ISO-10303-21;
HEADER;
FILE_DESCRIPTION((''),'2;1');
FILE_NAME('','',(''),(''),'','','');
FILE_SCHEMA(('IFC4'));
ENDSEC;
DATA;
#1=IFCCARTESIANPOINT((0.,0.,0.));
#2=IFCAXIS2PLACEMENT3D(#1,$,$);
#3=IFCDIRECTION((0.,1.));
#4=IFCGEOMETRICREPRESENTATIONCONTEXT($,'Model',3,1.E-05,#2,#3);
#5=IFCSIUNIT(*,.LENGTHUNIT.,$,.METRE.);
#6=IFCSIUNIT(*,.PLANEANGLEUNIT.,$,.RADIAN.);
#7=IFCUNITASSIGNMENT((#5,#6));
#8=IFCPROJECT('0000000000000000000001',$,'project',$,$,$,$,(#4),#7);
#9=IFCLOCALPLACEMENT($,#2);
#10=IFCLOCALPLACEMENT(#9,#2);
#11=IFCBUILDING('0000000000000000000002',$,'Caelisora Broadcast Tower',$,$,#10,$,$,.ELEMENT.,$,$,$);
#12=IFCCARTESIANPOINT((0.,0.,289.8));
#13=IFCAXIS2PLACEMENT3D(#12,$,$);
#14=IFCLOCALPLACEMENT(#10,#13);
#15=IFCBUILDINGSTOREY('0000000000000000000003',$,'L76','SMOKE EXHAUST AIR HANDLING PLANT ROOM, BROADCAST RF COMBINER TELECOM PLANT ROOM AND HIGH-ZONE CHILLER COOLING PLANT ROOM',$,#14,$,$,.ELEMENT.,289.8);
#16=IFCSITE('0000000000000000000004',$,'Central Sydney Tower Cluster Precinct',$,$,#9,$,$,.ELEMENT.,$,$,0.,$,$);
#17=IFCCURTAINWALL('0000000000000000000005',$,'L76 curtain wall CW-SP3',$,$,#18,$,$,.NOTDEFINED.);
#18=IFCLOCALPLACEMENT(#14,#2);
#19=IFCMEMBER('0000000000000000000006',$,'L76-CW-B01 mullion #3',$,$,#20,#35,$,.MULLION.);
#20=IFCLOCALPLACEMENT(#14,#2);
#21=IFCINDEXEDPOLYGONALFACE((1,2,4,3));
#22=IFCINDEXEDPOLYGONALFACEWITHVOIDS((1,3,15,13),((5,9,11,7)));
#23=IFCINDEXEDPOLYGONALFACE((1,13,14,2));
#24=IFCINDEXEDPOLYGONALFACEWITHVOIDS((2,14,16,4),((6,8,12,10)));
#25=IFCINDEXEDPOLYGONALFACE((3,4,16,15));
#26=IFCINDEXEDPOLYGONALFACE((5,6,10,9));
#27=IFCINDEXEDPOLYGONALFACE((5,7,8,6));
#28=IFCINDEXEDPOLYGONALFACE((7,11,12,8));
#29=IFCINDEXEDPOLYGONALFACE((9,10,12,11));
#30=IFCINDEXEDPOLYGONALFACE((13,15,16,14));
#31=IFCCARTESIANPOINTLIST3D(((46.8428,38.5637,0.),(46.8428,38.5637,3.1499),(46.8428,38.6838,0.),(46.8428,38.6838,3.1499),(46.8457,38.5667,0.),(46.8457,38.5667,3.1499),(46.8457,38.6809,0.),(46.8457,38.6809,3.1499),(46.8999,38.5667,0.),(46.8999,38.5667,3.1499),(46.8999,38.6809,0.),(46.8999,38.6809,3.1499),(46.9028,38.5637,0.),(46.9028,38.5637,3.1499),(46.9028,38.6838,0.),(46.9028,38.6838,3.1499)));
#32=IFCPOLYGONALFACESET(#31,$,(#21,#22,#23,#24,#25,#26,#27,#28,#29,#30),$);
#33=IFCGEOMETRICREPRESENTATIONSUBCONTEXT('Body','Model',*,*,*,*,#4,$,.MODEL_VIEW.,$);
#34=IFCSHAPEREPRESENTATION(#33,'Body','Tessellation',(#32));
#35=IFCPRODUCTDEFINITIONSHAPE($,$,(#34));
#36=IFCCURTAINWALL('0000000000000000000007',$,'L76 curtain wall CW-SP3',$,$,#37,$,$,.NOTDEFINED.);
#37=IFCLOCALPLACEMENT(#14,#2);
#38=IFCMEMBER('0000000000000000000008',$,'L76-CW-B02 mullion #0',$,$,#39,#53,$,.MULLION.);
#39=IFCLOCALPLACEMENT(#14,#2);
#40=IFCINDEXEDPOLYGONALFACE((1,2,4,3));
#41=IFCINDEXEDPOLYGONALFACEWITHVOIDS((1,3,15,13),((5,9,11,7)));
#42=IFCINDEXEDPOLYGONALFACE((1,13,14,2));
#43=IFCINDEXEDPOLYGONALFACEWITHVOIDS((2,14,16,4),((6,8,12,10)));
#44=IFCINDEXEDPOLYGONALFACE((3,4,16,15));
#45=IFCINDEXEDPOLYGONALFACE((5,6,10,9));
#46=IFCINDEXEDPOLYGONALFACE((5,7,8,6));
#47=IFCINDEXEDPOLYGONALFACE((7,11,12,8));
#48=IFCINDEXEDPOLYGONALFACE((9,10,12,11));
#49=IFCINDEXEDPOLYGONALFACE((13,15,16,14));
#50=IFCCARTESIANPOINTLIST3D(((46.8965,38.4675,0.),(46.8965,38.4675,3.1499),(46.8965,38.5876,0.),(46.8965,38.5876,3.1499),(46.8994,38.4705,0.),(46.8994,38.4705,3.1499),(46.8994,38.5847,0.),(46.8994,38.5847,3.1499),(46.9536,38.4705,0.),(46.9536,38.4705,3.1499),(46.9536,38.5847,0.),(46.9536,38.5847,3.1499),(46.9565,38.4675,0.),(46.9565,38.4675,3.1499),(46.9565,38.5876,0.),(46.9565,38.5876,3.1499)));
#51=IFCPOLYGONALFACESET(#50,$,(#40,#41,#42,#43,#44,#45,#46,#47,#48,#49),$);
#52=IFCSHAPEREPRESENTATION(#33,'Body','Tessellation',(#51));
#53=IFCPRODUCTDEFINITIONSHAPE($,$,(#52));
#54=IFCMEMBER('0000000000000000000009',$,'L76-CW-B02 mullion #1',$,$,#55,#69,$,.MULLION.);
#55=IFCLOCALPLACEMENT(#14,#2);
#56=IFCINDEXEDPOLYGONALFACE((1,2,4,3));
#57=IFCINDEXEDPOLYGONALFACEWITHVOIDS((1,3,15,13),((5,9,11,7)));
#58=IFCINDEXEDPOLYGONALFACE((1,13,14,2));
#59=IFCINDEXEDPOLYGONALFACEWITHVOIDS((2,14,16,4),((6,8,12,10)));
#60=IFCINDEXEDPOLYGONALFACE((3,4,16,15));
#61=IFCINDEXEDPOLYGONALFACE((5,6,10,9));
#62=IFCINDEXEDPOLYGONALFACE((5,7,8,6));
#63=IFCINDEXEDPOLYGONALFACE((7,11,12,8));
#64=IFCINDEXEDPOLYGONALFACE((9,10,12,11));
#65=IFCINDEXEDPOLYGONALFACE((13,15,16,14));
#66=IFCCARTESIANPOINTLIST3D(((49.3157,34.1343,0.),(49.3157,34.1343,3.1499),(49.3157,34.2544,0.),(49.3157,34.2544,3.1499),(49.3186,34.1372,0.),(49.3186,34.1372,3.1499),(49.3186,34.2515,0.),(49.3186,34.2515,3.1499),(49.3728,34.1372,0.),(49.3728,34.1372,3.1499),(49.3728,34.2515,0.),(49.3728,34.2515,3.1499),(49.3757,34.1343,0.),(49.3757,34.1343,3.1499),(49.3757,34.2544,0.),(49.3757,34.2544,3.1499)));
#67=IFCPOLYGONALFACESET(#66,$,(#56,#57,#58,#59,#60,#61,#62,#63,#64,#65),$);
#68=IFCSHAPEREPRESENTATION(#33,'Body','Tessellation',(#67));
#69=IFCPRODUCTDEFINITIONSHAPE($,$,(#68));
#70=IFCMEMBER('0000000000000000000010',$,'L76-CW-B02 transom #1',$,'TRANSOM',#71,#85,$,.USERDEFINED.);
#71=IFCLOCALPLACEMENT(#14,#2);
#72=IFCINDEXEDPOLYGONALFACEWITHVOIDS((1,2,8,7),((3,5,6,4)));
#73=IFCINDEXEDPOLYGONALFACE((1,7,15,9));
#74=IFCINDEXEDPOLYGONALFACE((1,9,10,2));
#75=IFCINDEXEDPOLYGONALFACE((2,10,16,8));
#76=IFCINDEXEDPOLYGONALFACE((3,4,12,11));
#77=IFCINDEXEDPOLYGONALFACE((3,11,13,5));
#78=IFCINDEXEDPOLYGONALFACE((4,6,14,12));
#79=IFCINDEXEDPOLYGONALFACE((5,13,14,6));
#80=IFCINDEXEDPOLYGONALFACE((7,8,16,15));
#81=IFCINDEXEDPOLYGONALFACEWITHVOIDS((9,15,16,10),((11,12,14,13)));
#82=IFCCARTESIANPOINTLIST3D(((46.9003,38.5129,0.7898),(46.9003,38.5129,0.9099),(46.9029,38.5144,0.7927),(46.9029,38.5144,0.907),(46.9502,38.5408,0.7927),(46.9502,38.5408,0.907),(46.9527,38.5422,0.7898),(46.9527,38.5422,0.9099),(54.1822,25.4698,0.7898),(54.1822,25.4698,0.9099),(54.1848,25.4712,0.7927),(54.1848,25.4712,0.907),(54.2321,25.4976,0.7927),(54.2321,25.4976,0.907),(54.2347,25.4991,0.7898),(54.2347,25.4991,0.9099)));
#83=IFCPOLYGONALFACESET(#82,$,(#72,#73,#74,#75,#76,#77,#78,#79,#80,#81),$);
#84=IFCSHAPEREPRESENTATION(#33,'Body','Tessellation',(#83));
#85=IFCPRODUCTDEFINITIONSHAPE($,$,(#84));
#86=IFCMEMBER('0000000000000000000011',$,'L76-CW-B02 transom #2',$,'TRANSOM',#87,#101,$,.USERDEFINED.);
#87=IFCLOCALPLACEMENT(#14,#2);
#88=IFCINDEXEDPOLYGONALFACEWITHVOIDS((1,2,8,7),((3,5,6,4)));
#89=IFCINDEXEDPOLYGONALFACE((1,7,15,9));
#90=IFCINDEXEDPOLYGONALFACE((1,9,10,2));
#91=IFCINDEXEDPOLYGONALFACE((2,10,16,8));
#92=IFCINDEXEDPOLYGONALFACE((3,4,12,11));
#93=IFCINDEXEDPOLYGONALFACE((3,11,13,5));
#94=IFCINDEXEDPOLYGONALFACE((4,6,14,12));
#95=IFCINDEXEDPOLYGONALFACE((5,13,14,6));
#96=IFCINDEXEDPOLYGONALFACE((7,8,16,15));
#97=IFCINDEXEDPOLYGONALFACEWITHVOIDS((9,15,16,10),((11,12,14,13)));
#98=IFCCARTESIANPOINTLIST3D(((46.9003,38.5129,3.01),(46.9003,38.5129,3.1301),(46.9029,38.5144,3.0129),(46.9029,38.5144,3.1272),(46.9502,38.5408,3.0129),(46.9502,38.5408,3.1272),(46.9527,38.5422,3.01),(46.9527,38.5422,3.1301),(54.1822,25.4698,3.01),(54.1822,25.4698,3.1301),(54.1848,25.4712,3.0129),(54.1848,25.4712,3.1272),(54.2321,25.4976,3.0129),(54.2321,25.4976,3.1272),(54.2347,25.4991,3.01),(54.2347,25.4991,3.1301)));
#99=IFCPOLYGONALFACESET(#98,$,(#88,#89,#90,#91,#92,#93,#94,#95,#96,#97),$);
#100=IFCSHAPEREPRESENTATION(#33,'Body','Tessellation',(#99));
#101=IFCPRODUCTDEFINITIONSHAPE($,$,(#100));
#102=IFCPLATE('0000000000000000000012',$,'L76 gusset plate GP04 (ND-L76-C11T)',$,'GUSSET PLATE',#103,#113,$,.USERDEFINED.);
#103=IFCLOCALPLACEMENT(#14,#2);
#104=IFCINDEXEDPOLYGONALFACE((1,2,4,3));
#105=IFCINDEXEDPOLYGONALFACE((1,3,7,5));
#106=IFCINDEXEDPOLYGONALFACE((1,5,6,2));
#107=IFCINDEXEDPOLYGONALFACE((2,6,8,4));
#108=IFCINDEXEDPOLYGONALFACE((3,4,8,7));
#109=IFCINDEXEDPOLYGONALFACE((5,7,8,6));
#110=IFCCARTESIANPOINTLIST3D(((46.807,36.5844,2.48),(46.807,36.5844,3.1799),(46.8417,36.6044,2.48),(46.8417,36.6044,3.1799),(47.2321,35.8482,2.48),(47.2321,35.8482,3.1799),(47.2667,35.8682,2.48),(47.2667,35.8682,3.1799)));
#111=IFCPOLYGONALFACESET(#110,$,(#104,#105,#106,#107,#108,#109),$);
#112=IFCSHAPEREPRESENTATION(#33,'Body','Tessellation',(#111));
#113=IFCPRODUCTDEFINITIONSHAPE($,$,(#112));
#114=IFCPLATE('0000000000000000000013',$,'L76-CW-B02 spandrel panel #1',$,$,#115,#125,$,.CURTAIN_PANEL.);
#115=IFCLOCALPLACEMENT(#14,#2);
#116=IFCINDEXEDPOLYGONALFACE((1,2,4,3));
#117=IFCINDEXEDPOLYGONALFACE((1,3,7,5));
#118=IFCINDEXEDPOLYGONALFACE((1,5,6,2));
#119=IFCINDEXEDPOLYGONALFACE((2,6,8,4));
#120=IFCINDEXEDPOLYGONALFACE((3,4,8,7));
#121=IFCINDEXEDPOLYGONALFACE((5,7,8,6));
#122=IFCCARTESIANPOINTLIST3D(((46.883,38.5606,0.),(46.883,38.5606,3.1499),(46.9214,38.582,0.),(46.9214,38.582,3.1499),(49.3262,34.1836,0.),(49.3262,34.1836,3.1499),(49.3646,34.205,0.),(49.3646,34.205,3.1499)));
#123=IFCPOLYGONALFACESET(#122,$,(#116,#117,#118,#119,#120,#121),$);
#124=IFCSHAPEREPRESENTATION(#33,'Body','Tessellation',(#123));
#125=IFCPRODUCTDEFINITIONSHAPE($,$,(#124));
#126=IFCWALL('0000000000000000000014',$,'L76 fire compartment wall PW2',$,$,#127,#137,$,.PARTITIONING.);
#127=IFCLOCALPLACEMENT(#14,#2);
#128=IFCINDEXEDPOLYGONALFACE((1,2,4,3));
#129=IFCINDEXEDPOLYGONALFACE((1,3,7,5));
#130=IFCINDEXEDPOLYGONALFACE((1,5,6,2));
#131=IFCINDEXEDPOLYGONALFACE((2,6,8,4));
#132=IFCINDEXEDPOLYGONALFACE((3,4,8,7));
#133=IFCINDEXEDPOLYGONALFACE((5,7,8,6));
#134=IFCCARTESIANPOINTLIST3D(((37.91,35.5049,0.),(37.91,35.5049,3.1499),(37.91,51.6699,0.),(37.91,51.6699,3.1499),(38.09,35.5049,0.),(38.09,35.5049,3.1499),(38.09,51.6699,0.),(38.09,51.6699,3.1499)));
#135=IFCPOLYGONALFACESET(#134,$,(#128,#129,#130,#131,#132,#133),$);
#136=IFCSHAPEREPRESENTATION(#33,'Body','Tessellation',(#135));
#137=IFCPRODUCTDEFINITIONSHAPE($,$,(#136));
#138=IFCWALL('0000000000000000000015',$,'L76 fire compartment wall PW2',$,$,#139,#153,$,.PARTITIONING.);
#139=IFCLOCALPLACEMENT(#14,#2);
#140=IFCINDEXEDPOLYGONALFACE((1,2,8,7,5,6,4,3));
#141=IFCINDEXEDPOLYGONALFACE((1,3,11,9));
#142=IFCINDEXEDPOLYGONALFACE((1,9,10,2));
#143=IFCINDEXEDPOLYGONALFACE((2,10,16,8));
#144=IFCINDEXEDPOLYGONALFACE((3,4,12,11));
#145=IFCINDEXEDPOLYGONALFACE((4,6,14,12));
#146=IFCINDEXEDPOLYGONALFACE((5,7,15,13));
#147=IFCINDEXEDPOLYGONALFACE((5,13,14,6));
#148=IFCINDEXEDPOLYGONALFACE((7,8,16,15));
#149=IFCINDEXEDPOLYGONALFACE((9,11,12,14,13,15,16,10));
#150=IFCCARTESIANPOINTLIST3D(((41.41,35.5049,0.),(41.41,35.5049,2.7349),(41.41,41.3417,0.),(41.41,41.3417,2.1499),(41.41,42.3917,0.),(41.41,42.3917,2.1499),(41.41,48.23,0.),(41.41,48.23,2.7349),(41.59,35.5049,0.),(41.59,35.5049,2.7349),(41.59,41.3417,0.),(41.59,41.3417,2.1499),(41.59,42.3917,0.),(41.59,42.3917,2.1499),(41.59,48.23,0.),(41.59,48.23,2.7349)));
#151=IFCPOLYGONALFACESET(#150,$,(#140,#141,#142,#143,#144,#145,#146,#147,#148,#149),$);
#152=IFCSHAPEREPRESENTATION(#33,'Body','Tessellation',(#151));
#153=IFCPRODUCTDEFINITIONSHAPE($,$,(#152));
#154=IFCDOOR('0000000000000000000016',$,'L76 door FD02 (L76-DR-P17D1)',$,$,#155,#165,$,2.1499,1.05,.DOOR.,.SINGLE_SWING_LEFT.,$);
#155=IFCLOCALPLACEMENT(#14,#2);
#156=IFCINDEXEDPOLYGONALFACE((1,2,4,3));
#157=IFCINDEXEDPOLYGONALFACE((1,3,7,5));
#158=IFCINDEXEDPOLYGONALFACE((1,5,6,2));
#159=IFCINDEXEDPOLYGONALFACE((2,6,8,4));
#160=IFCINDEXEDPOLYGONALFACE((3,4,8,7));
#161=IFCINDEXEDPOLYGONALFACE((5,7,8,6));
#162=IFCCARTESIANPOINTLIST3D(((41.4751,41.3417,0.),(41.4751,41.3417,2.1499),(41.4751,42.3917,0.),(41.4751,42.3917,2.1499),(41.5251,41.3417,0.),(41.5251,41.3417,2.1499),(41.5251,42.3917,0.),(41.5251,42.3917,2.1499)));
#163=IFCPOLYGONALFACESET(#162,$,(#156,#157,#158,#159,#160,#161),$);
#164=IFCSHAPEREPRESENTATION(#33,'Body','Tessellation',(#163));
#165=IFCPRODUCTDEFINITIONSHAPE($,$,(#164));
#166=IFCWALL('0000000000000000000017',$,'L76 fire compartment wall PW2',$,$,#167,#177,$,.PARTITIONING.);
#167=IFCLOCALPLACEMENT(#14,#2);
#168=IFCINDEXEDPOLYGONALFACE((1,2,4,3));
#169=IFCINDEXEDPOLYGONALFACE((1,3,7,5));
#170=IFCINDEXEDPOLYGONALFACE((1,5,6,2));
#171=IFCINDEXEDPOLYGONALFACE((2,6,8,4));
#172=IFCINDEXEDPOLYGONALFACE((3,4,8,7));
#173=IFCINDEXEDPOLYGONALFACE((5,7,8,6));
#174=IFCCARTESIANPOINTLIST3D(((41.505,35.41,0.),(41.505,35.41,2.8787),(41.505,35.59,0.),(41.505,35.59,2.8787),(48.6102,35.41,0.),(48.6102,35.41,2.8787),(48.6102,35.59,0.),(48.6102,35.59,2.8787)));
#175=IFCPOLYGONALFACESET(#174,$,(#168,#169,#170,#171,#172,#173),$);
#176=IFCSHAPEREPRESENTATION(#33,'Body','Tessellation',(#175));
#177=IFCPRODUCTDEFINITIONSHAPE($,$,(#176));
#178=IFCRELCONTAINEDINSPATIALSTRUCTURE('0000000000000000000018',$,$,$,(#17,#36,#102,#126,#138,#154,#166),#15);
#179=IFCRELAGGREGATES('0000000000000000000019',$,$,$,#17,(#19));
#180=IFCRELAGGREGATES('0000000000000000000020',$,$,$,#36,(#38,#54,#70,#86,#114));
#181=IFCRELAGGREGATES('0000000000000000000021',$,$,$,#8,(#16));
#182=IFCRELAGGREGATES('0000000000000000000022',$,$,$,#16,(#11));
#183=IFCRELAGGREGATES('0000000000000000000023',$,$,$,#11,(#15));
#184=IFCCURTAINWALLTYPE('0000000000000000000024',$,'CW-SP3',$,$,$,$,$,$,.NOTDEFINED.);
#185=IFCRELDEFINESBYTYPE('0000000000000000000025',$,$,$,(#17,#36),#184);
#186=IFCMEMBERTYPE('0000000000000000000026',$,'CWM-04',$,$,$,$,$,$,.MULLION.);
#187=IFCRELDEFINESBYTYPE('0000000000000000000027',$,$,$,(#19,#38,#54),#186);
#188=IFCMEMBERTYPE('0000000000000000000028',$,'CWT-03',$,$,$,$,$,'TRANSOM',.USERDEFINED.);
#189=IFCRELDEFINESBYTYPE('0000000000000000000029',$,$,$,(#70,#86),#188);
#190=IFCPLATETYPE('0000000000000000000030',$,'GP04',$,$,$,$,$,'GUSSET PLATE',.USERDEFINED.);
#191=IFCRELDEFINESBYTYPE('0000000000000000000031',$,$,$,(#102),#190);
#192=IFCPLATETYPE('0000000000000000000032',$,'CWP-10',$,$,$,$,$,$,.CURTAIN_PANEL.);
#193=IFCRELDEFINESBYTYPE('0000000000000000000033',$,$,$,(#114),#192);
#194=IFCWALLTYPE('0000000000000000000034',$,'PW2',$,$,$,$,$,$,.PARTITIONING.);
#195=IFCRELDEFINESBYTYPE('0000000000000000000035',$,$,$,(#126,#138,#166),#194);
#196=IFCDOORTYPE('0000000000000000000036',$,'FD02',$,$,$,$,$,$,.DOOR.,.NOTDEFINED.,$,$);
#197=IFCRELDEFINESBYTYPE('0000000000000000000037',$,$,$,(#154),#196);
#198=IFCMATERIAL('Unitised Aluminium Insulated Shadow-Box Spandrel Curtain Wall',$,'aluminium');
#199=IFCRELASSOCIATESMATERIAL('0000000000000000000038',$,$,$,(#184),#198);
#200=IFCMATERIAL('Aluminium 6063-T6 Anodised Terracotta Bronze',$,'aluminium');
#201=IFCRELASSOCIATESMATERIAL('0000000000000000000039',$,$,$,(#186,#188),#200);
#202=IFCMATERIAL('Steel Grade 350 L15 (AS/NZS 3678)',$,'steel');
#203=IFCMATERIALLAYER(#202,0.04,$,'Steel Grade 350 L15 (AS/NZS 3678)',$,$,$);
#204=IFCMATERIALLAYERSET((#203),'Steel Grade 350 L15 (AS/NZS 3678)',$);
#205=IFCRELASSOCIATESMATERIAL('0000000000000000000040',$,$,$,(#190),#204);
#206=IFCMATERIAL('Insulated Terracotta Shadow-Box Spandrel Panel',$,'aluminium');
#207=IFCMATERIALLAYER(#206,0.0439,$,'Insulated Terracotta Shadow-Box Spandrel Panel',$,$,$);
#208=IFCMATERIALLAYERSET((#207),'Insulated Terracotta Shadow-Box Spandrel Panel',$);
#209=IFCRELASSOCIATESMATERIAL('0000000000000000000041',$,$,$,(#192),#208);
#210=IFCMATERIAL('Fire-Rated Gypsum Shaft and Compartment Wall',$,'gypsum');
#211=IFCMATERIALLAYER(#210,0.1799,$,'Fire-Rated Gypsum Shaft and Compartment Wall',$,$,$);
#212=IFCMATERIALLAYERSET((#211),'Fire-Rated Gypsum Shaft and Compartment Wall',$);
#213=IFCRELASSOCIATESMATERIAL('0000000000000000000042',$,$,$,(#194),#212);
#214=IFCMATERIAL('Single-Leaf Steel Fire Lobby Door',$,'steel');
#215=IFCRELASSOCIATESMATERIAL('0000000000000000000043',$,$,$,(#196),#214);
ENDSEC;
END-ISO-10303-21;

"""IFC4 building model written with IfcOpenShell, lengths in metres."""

from ifc_helpers import new_model, si_unit, direction, frame, frame_2d, origin, origin_2d, place, context, subcontext, project, spatial, rectangle, hollow_rectangle, extrude, source, transform, mapped, material, layer, layer_set, material_profile, profile_set, type_object, type_shapes, element, fill, aggregate, save


model = new_model("IFC4")

# Units and contexts
model_context = context("Model", 3, precision=1e-05, world=origin(), true_north=direction((0.0, 1.0)))
body_context = subcontext(model_context, "Body", "Model", "MODEL_VIEW")
ifc_project = project(units=[si_unit("LENGTHUNIT", "METRE"), si_unit("PLANEANGLEUNIT", "RADIAN")], contexts=[model_context])

# Site, building, storey
site_placement = place(None, origin())
site = spatial("IfcSite", under=ifc_project, at=site_placement, Name="Central Sydney Tower Cluster Precinct", CompositionType="ELEMENT", RefElevation=0.0)
building_placement = place(site_placement, origin())
building = spatial("IfcBuilding", under=site, at=building_placement, Name="Caelisora Broadcast Tower", CompositionType="ELEMENT")
storey_placement = place(building_placement, frame((0.0, 0.0, 289.8)))
storey = spatial("IfcBuildingStorey", under=building, at=storey_placement, Name="L76", Description="SMOKE EXHAUST AIR HANDLING PLANT ROOM, BROADCAST RF COMBINER TELECOM PLANT ROOM AND HIGH-ZONE CHILLER COOLING PLANT ROOM", CompositionType="ELEMENT", Elevation=289.8)

# Curtain wall, member
ifc_material_1 = material(Name="Unitised Aluminium Insulated Shadow-Box Spandrel Curtain Wall", Category="aluminium")
curtain_wall_type = type_object("IfcCurtainWallType", Name="CW-SP3", PredefinedType="NOTDEFINED", material=ifc_material_1)
curtain_wall_1_placement = place(storey_placement, origin())
curtain_wall_1 = element("IfcCurtainWall", 1, at=curtain_wall_1_placement, inside=storey, type_object=curtain_wall_type, Name="L76 curtain wall CW-SP3", PredefinedType="NOTDEFINED")
ifc_material_2 = material(Name="Aluminium 6063-T6 Anodised Terracotta Bronze", Category="aluminium")
ifc_material_profile_1 = material_profile(ifc_material_2, hollow_rectangle(XDim=0.0601, YDim=0.1201, WallThickness=0.0029, at=origin_2d()), Name="Aluminium 6063-T6 Anodised Terracotta Bronze")
ifc_profile_set_1 = profile_set([ifc_material_profile_1], Name="Aluminium 6063-T6 Anodised Terracotta Bronze")
member_type_1 = type_object("IfcMemberType", Name="CWM-04", PredefinedType="MULLION", material=ifc_profile_set_1)
shared_shape_1 = source(origin(), body_context, "Body", "SweptSolid", [
    extrude(hollow_rectangle(XDim=0.0601, YDim=0.1201, WallThickness=0.0029, at=origin_2d()), origin(), (0.0, 0.0, 1.0), 3.1499),
])
type_shapes(member_type_1, [shared_shape_1])
member_1_placement = place(storey_placement, frame((46.8728, 38.6238, 0.0), z_axis=(0.0, 0.0, 1.0), x_axis=(1.0, 0.0, 0.0)))
member_1 = element("IfcMember", 2, at=member_1_placement, type_object=member_type_1, Name="L76-CW-B01 mullion #3", PredefinedType="MULLION", context=body_context, shape_type="MappedRepresentation", body=[
    mapped(shared_shape_1, transform((0.0, 0.0, 0.0), scale=1.0)),
])
aggregate(curtain_wall_1, [member_1])

# Curtain wall, members
curtain_wall_2_placement = place(storey_placement, origin())
curtain_wall_2 = element("IfcCurtainWall", 3, at=curtain_wall_2_placement, inside=storey, type_object=curtain_wall_type, Name="L76 curtain wall CW-SP3", PredefinedType="NOTDEFINED")
member_2_placement = place(storey_placement, frame((46.9265, 38.5276, 0.0), z_axis=(0.0, 0.0, 1.0), x_axis=(1.0, 0.0, 0.0)))
member_2 = element("IfcMember", 4, at=member_2_placement, type_object=member_type_1, Name="L76-CW-B02 mullion #0", PredefinedType="MULLION", context=body_context, shape_type="MappedRepresentation", body=[
    mapped(shared_shape_1, transform((0.0, 0.0, 0.0), scale=1.0)),
])
member_3_placement = place(storey_placement, frame((49.3457, 34.1943, 0.0), z_axis=(0.0, 0.0, 1.0), x_axis=(1.0, 0.0, 0.0)))
member_3 = element("IfcMember", 5, at=member_3_placement, type_object=member_type_1, Name="L76-CW-B02 mullion #1", PredefinedType="MULLION", context=body_context, shape_type="MappedRepresentation", body=[
    mapped(shared_shape_1, transform((0.0, 0.0, 0.0), scale=1.0)),
])
ifc_material_profile_2 = material_profile(ifc_material_2, hollow_rectangle(XDim=0.0601, YDim=0.1201, WallThickness=0.0029, at=origin_2d()), Name="Aluminium 6063-T6 Anodised Terracotta Bronze")
ifc_profile_set_2 = profile_set([ifc_material_profile_2], Name="Aluminium 6063-T6 Anodised Terracotta Bronze")
member_type_2 = type_object("IfcMemberType", Name="CWT-03", ElementType="TRANSOM", PredefinedType="USERDEFINED", material=ifc_profile_set_2)
shared_shape_2 = source(origin(), body_context, "Body", "SweptSolid", [
    extrude(hollow_rectangle(XDim=0.0601, YDim=0.1201, WallThickness=0.0029, at=origin_2d()), origin(), (0.0, 0.0, 1.0), 14.9382),
])
type_shapes(member_type_2, [shared_shape_2])
member_4_placement = place(storey_placement, frame((46.9265, 38.5276, 0.8499), z_axis=(0.487471, -0.873139, 0.0), x_axis=(0.873139, 0.487471, 0.0)))
member_4 = element("IfcMember", 6, at=member_4_placement, type_object=member_type_2, Name="L76-CW-B02 transom #1", ObjectType="TRANSOM", PredefinedType="USERDEFINED", context=body_context, shape_type="MappedRepresentation", body=[
    mapped(shared_shape_2, transform((0.0, 0.0, 0.0), scale=1.0)),
])
member_5_placement = place(storey_placement, frame((46.9265, 38.5276, 3.0701), z_axis=(0.487471, -0.873139, 0.0), x_axis=(0.873139, 0.487471, 0.0)))
member_5 = element("IfcMember", 7, at=member_5_placement, type_object=member_type_2, Name="L76-CW-B02 transom #2", ObjectType="TRANSOM", PredefinedType="USERDEFINED", context=body_context, shape_type="MappedRepresentation", body=[
    mapped(shared_shape_2, transform((0.0, 0.0, 0.0), scale=1.0)),
])

# Plates
ifc_material_3 = material(Name="Steel Grade 350 L15 (AS/NZS 3678)", Category="steel")
ifc_layer_1 = layer(ifc_material_3, 0.04, Name="Steel Grade 350 L15 (AS/NZS 3678)")
ifc_layer_set_1 = layer_set([ifc_layer_1], Name="Steel Grade 350 L15 (AS/NZS 3678)")
plate_type_1 = type_object("IfcPlateType", Name="GP04", ElementType="GUSSET PLATE", PredefinedType="USERDEFINED", material=ifc_layer_set_1)
shared_shape_3 = source(origin(), body_context, "Body", "SweptSolid", [
    extrude(rectangle(XDim=0.8501, YDim=0.04, at=origin_2d()), origin(), (0.0, 0.0, 1.0), 0.7),
])
type_shapes(plate_type_1, [shared_shape_3])
plate_1_placement = place(storey_placement, frame((47.0369, 36.2263, 2.48), z_axis=(0.0, 0.0, 1.0), x_axis=(-0.5, 0.866025, 0.0)))
element("IfcPlate", 8, at=plate_1_placement, inside=storey, type_object=plate_type_1, Name="L76 gusset plate GP04 (ND-L76-C11T)", ObjectType="GUSSET PLATE", PredefinedType="USERDEFINED", context=body_context, shape_type="MappedRepresentation", body=[
    mapped(shared_shape_3, transform((0.0, 0.0, 0.0), scale=1.0)),
])
ifc_material_4 = material(Name="Insulated Terracotta Shadow-Box Spandrel Panel", Category="aluminium")
ifc_layer_2 = layer(ifc_material_4, 0.0439, Name="Insulated Terracotta Shadow-Box Spandrel Panel")
ifc_layer_set_2 = layer_set([ifc_layer_2], Name="Insulated Terracotta Shadow-Box Spandrel Panel")
plate_type_2 = type_object("IfcPlateType", Name="CWP-10", PredefinedType="CURTAIN_PANEL", material=ifc_layer_set_2)
shared_shape_4 = source(origin(), body_context, "Body", "SweptSolid", [
    extrude(rectangle(XDim=5.0127, YDim=0.0439, at=origin_2d()), origin(), (0.0, 0.0, 1.0), 3.1499),
])
type_shapes(plate_type_2, [shared_shape_4])
plate_2_placement = place(storey_placement, frame((48.1238, 36.3828, 0.0), z_axis=(0.0, 0.0, 1.0), x_axis=(0.487403, -0.873177, 0.0)))
plate_2 = element("IfcPlate", 9, at=plate_2_placement, type_object=plate_type_2, Name="L76-CW-B02 spandrel panel #1", PredefinedType="CURTAIN_PANEL", context=body_context, shape_type="MappedRepresentation", body=[
    mapped(shared_shape_4, transform((0.0, 0.0, 0.0), scale=1.0)),
])
aggregate(curtain_wall_2, [member_2, member_3, member_4, member_5, plate_2])

# Wall
ifc_material_5 = material(Name="Fire-Rated Gypsum Shaft and Compartment Wall", Category="gypsum")
ifc_layer_3 = layer(ifc_material_5, 0.1799, Name="Fire-Rated Gypsum Shaft and Compartment Wall")
ifc_layer_set_3 = layer_set([ifc_layer_3], Name="Fire-Rated Gypsum Shaft and Compartment Wall")
wall_type = type_object("IfcWallType", Name="PW2", PredefinedType="PARTITIONING", material=ifc_layer_set_3)
wall_1_placement = place(storey_placement, frame((38.0, 35.5049, 0.0), z_axis=(0.0, 0.0, 1.0), x_axis=(0.0, 1.0, 0.0)))
element("IfcWall", 10, at=wall_1_placement, inside=storey, type_object=wall_type, Name="L76 fire compartment wall PW2", PredefinedType="PARTITIONING", context=body_context, shape_type="SweptSolid", body=[
    extrude(rectangle(XDim=16.165, YDim=0.1799, at=frame_2d((8.0825, 0.0))), origin(), (0.0, 0.0, 1.0), 3.1499),
])

# Wall, opening, door
wall_2_placement = place(storey_placement, frame((41.5, 35.5049, 0.0), z_axis=(0.0, 0.0, 1.0), x_axis=(0.0, 1.0, 0.0)))
wall_2 = element("IfcWall", 11, at=wall_2_placement, inside=storey, type_object=wall_type, Name="L76 fire compartment wall PW2", PredefinedType="PARTITIONING", context=body_context, shape_type="SweptSolid", body=[
    extrude(rectangle(XDim=12.7251, YDim=0.1799, at=frame_2d((6.3625, 0.0))), origin(), (0.0, 0.0, 1.0), 2.7349),
])
opening_1_placement = place(wall_2_placement, frame((5.8369, 0.0, 0.0)))
opening_1 = element("IfcOpeningElement", 12, at=opening_1_placement, cuts=wall_2, PredefinedType="OPENING", context=body_context, shape_type="SweptSolid", body=[
    extrude(rectangle(XDim=1.05, YDim=2.1499, at=frame_2d((0.5249, 1.075))), frame((0.0, 0.1021, 0.0), z_axis=(0.0, -1.0, 0.0), x_axis=(1.0, 0.0, 0.0)), (0.0, 0.0, 1.0), 0.2039),
])
ifc_material_6 = material(Name="Single-Leaf Steel Fire Lobby Door", Category="steel")
door_type = type_object("IfcDoorType", Name="FD02", OperationType="NOTDEFINED", PredefinedType="DOOR", material=ifc_material_6)
door_1_placement = place(opening_1_placement, origin())
door_1 = element("IfcDoor", 13, at=door_1_placement, inside=storey, type_object=door_type, Name="L76 door FD02 (L76-DR-P17D1)", OperationType="SINGLE_SWING_LEFT", OverallHeight=2.1499, OverallWidth=1.05, PredefinedType="DOOR", context=body_context, shape_type="SweptSolid", body=[
    extrude(rectangle(XDim=1.05, YDim=2.1499, at=frame_2d((0.5249, 1.075))), frame((0.0, 0.0249, 0.0), z_axis=(0.0, -1.0, 0.0), x_axis=(1.0, 0.0, 0.0)), (0.0, 0.0, 1.0), 0.05),
])
fill(opening_1, door_1)

# Wall
wall_3_placement = place(storey_placement, frame((41.5049, 35.5, 0.0), z_axis=(0.0, 0.0, 1.0), x_axis=(1.0, 0.0, 0.0)))
element("IfcWall", 14, at=wall_3_placement, inside=storey, type_object=wall_type, Name="L76 fire compartment wall PW2", PredefinedType="PARTITIONING", context=body_context, shape_type="SweptSolid", body=[
    extrude(rectangle(XDim=7.1052, YDim=0.1799, at=frame_2d((3.5527, 0.0))), origin(), (0.0, 0.0, 1.0), 2.8787),
])

save(model, "model.ifc")
